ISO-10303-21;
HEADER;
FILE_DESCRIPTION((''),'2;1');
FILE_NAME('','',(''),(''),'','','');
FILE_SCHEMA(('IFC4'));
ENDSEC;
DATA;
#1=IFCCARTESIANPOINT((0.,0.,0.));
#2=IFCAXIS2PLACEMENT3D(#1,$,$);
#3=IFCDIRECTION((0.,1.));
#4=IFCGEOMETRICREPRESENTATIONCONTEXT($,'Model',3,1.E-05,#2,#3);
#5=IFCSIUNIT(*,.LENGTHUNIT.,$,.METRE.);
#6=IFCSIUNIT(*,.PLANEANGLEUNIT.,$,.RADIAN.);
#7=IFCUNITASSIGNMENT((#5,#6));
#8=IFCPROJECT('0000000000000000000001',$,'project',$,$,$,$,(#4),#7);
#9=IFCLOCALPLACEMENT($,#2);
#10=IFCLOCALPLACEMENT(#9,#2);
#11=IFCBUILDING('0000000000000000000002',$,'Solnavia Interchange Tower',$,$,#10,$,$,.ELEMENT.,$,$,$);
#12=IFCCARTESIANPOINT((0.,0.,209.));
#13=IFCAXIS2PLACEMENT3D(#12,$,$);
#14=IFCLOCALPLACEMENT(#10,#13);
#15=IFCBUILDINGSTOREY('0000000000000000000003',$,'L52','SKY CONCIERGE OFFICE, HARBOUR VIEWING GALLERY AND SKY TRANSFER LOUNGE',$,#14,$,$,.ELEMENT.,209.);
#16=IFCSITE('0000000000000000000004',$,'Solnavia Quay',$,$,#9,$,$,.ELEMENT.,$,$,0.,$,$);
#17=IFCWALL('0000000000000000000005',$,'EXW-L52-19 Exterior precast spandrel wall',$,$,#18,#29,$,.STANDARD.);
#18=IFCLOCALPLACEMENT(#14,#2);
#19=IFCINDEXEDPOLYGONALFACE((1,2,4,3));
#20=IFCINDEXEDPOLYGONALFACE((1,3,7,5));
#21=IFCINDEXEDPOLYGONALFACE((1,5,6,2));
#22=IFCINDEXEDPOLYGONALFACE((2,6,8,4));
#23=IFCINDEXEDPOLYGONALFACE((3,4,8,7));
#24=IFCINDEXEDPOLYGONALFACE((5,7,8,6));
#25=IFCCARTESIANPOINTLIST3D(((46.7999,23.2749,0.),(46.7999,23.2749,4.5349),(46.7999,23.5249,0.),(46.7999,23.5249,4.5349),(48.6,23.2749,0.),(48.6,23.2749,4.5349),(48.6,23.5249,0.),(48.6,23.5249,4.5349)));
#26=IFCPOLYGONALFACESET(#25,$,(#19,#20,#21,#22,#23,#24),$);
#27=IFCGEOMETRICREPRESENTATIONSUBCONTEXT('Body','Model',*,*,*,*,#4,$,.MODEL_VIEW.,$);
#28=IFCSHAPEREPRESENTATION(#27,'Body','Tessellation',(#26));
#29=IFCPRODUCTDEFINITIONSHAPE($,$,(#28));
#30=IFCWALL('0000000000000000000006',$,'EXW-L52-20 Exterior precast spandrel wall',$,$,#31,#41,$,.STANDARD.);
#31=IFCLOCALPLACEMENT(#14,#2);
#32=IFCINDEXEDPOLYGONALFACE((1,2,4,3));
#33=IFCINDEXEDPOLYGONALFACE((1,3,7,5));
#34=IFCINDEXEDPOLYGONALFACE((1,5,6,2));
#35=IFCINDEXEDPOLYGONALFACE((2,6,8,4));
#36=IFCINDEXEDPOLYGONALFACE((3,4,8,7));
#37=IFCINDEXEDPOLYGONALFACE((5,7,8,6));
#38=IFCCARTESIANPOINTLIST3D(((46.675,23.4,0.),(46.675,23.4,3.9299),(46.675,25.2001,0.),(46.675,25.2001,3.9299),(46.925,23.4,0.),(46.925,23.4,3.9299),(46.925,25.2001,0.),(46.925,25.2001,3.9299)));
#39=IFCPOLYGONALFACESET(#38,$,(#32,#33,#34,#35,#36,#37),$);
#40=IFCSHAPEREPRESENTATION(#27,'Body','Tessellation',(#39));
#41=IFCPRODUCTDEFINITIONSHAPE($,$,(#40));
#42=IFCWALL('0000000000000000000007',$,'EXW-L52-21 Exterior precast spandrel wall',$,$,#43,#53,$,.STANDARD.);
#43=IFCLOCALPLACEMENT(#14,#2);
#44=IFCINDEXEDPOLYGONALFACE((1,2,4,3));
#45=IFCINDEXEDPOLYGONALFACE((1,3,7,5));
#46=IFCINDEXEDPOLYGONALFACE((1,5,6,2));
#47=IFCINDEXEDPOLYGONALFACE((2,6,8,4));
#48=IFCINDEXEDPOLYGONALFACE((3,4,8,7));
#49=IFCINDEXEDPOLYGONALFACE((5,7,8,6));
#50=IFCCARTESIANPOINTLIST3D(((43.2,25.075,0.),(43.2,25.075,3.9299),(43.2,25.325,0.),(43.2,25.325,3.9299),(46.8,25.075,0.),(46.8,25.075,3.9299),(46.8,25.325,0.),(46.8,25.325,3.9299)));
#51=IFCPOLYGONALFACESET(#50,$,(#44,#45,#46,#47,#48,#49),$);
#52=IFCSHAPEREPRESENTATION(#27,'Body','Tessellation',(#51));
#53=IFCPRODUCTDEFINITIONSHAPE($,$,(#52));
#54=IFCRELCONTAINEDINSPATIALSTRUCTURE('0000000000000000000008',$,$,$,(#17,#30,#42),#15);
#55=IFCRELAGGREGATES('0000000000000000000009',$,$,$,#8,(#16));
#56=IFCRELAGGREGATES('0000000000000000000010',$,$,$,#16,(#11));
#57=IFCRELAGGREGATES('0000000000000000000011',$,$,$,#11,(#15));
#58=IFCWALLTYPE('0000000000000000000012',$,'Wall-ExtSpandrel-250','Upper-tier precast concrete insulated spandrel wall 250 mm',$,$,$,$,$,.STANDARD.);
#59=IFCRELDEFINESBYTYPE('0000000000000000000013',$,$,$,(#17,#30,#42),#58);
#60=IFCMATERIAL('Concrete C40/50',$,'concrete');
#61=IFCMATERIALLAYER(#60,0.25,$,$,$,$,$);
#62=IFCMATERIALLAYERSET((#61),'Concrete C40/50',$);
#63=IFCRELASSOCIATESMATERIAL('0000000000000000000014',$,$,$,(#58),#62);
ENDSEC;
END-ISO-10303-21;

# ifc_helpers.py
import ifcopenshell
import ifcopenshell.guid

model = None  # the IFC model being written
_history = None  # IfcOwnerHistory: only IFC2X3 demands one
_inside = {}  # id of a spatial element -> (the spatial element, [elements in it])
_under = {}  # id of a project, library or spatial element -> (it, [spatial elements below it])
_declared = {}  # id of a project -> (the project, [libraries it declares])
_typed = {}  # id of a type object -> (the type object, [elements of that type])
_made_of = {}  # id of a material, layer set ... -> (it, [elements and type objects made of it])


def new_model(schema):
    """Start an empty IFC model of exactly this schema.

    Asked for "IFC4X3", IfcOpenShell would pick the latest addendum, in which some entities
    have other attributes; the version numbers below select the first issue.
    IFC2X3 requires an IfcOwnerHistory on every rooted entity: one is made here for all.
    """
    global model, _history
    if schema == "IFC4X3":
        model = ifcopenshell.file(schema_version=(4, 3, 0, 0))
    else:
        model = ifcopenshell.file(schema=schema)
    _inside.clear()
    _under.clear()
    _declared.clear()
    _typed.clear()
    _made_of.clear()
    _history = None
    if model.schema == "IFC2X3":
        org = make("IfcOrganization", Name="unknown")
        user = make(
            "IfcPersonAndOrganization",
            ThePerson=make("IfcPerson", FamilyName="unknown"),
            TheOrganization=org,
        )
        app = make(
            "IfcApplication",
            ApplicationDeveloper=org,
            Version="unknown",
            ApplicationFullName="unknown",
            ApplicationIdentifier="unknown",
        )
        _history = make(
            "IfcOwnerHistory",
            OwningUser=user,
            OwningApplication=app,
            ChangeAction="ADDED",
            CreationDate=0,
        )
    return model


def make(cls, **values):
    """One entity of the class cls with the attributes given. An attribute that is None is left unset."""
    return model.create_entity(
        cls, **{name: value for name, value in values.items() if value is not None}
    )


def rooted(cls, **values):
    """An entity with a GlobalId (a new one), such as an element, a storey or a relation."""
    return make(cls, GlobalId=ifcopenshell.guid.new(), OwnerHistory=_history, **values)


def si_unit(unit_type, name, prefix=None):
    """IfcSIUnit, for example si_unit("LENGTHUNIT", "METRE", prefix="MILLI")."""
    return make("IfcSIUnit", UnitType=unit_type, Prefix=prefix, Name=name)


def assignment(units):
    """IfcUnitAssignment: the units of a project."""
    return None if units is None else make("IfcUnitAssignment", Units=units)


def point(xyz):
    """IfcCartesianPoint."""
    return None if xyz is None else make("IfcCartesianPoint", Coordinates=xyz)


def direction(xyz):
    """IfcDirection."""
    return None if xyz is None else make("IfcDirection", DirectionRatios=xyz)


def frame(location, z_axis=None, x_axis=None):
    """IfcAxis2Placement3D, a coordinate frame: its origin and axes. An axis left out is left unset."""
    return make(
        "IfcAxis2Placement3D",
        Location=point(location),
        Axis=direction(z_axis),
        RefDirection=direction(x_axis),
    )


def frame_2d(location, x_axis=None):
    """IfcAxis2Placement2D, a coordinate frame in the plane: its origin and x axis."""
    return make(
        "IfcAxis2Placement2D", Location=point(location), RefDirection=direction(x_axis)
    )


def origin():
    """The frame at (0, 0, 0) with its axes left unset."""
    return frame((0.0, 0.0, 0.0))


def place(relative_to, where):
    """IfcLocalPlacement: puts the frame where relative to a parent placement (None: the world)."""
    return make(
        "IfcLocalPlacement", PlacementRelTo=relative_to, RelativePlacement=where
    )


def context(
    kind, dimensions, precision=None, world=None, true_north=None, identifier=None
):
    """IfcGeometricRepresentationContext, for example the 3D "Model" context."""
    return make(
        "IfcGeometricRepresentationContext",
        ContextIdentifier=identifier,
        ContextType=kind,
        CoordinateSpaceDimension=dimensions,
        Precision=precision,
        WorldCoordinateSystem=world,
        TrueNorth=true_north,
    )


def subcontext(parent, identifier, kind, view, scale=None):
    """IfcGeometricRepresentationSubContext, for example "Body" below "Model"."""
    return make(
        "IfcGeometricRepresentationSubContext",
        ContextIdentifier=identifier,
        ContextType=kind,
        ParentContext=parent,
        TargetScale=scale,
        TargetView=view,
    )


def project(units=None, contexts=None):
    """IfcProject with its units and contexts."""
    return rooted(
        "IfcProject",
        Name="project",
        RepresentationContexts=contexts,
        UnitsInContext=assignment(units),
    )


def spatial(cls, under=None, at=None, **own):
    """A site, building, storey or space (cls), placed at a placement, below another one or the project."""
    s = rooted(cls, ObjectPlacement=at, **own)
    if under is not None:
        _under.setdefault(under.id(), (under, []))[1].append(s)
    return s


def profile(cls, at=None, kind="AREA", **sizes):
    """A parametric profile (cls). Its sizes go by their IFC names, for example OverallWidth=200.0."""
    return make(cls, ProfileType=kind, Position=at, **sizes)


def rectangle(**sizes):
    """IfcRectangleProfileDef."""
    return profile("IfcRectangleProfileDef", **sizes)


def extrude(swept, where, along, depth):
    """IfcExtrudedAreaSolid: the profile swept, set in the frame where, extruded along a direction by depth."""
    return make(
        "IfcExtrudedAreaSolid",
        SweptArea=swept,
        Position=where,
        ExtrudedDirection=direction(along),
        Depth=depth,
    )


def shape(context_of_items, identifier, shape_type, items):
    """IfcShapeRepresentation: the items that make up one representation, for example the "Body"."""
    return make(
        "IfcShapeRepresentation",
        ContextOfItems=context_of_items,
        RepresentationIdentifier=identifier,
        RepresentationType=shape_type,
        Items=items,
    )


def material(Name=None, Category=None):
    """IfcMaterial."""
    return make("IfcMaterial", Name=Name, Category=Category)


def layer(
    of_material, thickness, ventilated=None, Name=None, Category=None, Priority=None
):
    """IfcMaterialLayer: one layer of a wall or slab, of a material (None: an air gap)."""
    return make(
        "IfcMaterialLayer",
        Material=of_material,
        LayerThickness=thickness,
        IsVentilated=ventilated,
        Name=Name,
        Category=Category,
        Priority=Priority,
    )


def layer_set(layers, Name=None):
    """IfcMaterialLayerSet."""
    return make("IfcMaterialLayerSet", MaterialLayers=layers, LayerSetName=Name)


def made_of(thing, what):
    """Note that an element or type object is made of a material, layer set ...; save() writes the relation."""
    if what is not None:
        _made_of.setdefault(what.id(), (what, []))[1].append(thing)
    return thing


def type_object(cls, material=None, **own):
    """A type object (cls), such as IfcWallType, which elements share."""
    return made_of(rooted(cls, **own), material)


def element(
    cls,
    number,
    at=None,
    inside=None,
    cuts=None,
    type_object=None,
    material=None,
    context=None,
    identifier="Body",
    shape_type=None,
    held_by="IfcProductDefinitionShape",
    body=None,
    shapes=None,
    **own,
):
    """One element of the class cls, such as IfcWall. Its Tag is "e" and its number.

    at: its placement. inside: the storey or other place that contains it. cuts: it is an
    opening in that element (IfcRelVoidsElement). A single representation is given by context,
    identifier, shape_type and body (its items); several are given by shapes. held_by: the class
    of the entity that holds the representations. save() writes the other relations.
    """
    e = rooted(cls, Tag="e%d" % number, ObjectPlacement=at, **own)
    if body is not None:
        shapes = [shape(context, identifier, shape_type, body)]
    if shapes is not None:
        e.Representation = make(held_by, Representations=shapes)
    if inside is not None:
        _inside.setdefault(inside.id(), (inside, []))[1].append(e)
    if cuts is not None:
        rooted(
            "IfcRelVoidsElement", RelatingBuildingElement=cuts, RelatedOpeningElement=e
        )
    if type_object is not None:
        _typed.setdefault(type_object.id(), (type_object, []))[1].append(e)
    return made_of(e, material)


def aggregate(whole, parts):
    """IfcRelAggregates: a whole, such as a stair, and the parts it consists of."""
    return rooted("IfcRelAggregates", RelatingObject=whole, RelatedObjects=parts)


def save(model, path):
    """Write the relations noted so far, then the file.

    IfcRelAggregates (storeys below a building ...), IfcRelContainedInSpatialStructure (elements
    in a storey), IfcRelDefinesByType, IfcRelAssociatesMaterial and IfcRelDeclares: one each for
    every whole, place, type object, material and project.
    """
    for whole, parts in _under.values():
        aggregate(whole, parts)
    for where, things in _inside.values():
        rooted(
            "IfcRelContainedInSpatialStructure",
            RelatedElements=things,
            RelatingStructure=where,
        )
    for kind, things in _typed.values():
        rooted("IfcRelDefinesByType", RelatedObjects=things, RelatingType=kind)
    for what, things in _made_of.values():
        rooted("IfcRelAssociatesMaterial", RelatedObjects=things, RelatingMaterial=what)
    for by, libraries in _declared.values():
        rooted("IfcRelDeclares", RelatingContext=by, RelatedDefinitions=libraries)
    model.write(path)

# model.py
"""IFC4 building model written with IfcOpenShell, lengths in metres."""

from ifc_helpers import new_model, si_unit, direction, frame, frame_2d, origin, place, context, subcontext, project, spatial, rectangle, extrude, material, layer, layer_set, type_object, element, save


model = new_model("IFC4")

# Units and contexts
model_context = context("Model", 3, precision=1e-05, world=origin(), true_north=direction((0.0, 1.0)))
body_context = subcontext(model_context, "Body", "Model", "MODEL_VIEW")
ifc_project = project(units=[si_unit("LENGTHUNIT", "METRE"), si_unit("PLANEANGLEUNIT", "RADIAN")], contexts=[model_context])

# Site, building, storey
site_placement = place(None, origin())
site = spatial("IfcSite", under=ifc_project, at=site_placement, Name="Solnavia Quay", CompositionType="ELEMENT", RefElevation=0.0)
building_placement = place(site_placement, origin())
building = spatial("IfcBuilding", under=site, at=building_placement, Name="Solnavia Interchange Tower", CompositionType="ELEMENT")
storey_placement = place(building_placement, frame((0.0, 0.0, 209.0)))
storey = spatial("IfcBuildingStorey", under=building, at=storey_placement, Name="L52", Description="SKY CONCIERGE OFFICE, HARBOUR VIEWING GALLERY AND SKY TRANSFER LOUNGE", CompositionType="ELEMENT", Elevation=209.0)

# Shared definitions
ifc_material_1 = material(Name="Concrete C40/50", Category="concrete")
ifc_layer_1 = layer(ifc_material_1, 0.25)
ifc_layer_set_1 = layer_set([ifc_layer_1], Name="Concrete C40/50")
wall_type = type_object("IfcWallType", Name="Wall-ExtSpandrel-250", Description="Upper-tier precast concrete insulated spandrel wall 250 mm", PredefinedType="STANDARD", material=ifc_layer_set_1)

# Walls
wall_1_placement = place(storey_placement, frame((46.8, 23.3999, 0.0), z_axis=(0.0, 0.0, 1.0), x_axis=(1.0, 0.0, 0.0)))
element("IfcWall", 1, at=wall_1_placement, inside=storey, type_object=wall_type, Name="EXW-L52-19 Exterior precast spandrel wall", PredefinedType="STANDARD", context=body_context, shape_type="SweptSolid", body=[
    extrude(rectangle(XDim=1.8, YDim=0.25, at=frame_2d((0.8999, 0.0))), origin(), (0.0, 0.0, 1.0), 4.5349),
])
wall_2_placement = place(storey_placement, frame((46.8, 25.2, 0.0), z_axis=(0.0, 0.0, 1.0), x_axis=(0.0, -1.0, 0.0)))
element("IfcWall", 2, at=wall_2_placement, inside=storey, type_object=wall_type, Name="EXW-L52-20 Exterior precast spandrel wall", PredefinedType="STANDARD", context=body_context, shape_type="SweptSolid", body=[
    extrude(rectangle(XDim=1.8, YDim=0.25, at=frame_2d((0.8999, 0.0))), origin(), (0.0, 0.0, 1.0), 3.9299),
])
wall_3_placement = place(storey_placement, frame((43.2, 25.2, 0.0), z_axis=(0.0, 0.0, 1.0), x_axis=(1.0, 0.0, 0.0)))
element("IfcWall", 3, at=wall_3_placement, inside=storey, type_object=wall_type, Name="EXW-L52-21 Exterior precast spandrel wall", PredefinedType="STANDARD", context=body_context, shape_type="SweptSolid", body=[
    extrude(rectangle(XDim=3.6001, YDim=0.25, at=frame_2d((1.8, 0.0))), origin(), (0.0, 0.0, 1.0), 3.9299),
])

save(model, "model.ifc")
